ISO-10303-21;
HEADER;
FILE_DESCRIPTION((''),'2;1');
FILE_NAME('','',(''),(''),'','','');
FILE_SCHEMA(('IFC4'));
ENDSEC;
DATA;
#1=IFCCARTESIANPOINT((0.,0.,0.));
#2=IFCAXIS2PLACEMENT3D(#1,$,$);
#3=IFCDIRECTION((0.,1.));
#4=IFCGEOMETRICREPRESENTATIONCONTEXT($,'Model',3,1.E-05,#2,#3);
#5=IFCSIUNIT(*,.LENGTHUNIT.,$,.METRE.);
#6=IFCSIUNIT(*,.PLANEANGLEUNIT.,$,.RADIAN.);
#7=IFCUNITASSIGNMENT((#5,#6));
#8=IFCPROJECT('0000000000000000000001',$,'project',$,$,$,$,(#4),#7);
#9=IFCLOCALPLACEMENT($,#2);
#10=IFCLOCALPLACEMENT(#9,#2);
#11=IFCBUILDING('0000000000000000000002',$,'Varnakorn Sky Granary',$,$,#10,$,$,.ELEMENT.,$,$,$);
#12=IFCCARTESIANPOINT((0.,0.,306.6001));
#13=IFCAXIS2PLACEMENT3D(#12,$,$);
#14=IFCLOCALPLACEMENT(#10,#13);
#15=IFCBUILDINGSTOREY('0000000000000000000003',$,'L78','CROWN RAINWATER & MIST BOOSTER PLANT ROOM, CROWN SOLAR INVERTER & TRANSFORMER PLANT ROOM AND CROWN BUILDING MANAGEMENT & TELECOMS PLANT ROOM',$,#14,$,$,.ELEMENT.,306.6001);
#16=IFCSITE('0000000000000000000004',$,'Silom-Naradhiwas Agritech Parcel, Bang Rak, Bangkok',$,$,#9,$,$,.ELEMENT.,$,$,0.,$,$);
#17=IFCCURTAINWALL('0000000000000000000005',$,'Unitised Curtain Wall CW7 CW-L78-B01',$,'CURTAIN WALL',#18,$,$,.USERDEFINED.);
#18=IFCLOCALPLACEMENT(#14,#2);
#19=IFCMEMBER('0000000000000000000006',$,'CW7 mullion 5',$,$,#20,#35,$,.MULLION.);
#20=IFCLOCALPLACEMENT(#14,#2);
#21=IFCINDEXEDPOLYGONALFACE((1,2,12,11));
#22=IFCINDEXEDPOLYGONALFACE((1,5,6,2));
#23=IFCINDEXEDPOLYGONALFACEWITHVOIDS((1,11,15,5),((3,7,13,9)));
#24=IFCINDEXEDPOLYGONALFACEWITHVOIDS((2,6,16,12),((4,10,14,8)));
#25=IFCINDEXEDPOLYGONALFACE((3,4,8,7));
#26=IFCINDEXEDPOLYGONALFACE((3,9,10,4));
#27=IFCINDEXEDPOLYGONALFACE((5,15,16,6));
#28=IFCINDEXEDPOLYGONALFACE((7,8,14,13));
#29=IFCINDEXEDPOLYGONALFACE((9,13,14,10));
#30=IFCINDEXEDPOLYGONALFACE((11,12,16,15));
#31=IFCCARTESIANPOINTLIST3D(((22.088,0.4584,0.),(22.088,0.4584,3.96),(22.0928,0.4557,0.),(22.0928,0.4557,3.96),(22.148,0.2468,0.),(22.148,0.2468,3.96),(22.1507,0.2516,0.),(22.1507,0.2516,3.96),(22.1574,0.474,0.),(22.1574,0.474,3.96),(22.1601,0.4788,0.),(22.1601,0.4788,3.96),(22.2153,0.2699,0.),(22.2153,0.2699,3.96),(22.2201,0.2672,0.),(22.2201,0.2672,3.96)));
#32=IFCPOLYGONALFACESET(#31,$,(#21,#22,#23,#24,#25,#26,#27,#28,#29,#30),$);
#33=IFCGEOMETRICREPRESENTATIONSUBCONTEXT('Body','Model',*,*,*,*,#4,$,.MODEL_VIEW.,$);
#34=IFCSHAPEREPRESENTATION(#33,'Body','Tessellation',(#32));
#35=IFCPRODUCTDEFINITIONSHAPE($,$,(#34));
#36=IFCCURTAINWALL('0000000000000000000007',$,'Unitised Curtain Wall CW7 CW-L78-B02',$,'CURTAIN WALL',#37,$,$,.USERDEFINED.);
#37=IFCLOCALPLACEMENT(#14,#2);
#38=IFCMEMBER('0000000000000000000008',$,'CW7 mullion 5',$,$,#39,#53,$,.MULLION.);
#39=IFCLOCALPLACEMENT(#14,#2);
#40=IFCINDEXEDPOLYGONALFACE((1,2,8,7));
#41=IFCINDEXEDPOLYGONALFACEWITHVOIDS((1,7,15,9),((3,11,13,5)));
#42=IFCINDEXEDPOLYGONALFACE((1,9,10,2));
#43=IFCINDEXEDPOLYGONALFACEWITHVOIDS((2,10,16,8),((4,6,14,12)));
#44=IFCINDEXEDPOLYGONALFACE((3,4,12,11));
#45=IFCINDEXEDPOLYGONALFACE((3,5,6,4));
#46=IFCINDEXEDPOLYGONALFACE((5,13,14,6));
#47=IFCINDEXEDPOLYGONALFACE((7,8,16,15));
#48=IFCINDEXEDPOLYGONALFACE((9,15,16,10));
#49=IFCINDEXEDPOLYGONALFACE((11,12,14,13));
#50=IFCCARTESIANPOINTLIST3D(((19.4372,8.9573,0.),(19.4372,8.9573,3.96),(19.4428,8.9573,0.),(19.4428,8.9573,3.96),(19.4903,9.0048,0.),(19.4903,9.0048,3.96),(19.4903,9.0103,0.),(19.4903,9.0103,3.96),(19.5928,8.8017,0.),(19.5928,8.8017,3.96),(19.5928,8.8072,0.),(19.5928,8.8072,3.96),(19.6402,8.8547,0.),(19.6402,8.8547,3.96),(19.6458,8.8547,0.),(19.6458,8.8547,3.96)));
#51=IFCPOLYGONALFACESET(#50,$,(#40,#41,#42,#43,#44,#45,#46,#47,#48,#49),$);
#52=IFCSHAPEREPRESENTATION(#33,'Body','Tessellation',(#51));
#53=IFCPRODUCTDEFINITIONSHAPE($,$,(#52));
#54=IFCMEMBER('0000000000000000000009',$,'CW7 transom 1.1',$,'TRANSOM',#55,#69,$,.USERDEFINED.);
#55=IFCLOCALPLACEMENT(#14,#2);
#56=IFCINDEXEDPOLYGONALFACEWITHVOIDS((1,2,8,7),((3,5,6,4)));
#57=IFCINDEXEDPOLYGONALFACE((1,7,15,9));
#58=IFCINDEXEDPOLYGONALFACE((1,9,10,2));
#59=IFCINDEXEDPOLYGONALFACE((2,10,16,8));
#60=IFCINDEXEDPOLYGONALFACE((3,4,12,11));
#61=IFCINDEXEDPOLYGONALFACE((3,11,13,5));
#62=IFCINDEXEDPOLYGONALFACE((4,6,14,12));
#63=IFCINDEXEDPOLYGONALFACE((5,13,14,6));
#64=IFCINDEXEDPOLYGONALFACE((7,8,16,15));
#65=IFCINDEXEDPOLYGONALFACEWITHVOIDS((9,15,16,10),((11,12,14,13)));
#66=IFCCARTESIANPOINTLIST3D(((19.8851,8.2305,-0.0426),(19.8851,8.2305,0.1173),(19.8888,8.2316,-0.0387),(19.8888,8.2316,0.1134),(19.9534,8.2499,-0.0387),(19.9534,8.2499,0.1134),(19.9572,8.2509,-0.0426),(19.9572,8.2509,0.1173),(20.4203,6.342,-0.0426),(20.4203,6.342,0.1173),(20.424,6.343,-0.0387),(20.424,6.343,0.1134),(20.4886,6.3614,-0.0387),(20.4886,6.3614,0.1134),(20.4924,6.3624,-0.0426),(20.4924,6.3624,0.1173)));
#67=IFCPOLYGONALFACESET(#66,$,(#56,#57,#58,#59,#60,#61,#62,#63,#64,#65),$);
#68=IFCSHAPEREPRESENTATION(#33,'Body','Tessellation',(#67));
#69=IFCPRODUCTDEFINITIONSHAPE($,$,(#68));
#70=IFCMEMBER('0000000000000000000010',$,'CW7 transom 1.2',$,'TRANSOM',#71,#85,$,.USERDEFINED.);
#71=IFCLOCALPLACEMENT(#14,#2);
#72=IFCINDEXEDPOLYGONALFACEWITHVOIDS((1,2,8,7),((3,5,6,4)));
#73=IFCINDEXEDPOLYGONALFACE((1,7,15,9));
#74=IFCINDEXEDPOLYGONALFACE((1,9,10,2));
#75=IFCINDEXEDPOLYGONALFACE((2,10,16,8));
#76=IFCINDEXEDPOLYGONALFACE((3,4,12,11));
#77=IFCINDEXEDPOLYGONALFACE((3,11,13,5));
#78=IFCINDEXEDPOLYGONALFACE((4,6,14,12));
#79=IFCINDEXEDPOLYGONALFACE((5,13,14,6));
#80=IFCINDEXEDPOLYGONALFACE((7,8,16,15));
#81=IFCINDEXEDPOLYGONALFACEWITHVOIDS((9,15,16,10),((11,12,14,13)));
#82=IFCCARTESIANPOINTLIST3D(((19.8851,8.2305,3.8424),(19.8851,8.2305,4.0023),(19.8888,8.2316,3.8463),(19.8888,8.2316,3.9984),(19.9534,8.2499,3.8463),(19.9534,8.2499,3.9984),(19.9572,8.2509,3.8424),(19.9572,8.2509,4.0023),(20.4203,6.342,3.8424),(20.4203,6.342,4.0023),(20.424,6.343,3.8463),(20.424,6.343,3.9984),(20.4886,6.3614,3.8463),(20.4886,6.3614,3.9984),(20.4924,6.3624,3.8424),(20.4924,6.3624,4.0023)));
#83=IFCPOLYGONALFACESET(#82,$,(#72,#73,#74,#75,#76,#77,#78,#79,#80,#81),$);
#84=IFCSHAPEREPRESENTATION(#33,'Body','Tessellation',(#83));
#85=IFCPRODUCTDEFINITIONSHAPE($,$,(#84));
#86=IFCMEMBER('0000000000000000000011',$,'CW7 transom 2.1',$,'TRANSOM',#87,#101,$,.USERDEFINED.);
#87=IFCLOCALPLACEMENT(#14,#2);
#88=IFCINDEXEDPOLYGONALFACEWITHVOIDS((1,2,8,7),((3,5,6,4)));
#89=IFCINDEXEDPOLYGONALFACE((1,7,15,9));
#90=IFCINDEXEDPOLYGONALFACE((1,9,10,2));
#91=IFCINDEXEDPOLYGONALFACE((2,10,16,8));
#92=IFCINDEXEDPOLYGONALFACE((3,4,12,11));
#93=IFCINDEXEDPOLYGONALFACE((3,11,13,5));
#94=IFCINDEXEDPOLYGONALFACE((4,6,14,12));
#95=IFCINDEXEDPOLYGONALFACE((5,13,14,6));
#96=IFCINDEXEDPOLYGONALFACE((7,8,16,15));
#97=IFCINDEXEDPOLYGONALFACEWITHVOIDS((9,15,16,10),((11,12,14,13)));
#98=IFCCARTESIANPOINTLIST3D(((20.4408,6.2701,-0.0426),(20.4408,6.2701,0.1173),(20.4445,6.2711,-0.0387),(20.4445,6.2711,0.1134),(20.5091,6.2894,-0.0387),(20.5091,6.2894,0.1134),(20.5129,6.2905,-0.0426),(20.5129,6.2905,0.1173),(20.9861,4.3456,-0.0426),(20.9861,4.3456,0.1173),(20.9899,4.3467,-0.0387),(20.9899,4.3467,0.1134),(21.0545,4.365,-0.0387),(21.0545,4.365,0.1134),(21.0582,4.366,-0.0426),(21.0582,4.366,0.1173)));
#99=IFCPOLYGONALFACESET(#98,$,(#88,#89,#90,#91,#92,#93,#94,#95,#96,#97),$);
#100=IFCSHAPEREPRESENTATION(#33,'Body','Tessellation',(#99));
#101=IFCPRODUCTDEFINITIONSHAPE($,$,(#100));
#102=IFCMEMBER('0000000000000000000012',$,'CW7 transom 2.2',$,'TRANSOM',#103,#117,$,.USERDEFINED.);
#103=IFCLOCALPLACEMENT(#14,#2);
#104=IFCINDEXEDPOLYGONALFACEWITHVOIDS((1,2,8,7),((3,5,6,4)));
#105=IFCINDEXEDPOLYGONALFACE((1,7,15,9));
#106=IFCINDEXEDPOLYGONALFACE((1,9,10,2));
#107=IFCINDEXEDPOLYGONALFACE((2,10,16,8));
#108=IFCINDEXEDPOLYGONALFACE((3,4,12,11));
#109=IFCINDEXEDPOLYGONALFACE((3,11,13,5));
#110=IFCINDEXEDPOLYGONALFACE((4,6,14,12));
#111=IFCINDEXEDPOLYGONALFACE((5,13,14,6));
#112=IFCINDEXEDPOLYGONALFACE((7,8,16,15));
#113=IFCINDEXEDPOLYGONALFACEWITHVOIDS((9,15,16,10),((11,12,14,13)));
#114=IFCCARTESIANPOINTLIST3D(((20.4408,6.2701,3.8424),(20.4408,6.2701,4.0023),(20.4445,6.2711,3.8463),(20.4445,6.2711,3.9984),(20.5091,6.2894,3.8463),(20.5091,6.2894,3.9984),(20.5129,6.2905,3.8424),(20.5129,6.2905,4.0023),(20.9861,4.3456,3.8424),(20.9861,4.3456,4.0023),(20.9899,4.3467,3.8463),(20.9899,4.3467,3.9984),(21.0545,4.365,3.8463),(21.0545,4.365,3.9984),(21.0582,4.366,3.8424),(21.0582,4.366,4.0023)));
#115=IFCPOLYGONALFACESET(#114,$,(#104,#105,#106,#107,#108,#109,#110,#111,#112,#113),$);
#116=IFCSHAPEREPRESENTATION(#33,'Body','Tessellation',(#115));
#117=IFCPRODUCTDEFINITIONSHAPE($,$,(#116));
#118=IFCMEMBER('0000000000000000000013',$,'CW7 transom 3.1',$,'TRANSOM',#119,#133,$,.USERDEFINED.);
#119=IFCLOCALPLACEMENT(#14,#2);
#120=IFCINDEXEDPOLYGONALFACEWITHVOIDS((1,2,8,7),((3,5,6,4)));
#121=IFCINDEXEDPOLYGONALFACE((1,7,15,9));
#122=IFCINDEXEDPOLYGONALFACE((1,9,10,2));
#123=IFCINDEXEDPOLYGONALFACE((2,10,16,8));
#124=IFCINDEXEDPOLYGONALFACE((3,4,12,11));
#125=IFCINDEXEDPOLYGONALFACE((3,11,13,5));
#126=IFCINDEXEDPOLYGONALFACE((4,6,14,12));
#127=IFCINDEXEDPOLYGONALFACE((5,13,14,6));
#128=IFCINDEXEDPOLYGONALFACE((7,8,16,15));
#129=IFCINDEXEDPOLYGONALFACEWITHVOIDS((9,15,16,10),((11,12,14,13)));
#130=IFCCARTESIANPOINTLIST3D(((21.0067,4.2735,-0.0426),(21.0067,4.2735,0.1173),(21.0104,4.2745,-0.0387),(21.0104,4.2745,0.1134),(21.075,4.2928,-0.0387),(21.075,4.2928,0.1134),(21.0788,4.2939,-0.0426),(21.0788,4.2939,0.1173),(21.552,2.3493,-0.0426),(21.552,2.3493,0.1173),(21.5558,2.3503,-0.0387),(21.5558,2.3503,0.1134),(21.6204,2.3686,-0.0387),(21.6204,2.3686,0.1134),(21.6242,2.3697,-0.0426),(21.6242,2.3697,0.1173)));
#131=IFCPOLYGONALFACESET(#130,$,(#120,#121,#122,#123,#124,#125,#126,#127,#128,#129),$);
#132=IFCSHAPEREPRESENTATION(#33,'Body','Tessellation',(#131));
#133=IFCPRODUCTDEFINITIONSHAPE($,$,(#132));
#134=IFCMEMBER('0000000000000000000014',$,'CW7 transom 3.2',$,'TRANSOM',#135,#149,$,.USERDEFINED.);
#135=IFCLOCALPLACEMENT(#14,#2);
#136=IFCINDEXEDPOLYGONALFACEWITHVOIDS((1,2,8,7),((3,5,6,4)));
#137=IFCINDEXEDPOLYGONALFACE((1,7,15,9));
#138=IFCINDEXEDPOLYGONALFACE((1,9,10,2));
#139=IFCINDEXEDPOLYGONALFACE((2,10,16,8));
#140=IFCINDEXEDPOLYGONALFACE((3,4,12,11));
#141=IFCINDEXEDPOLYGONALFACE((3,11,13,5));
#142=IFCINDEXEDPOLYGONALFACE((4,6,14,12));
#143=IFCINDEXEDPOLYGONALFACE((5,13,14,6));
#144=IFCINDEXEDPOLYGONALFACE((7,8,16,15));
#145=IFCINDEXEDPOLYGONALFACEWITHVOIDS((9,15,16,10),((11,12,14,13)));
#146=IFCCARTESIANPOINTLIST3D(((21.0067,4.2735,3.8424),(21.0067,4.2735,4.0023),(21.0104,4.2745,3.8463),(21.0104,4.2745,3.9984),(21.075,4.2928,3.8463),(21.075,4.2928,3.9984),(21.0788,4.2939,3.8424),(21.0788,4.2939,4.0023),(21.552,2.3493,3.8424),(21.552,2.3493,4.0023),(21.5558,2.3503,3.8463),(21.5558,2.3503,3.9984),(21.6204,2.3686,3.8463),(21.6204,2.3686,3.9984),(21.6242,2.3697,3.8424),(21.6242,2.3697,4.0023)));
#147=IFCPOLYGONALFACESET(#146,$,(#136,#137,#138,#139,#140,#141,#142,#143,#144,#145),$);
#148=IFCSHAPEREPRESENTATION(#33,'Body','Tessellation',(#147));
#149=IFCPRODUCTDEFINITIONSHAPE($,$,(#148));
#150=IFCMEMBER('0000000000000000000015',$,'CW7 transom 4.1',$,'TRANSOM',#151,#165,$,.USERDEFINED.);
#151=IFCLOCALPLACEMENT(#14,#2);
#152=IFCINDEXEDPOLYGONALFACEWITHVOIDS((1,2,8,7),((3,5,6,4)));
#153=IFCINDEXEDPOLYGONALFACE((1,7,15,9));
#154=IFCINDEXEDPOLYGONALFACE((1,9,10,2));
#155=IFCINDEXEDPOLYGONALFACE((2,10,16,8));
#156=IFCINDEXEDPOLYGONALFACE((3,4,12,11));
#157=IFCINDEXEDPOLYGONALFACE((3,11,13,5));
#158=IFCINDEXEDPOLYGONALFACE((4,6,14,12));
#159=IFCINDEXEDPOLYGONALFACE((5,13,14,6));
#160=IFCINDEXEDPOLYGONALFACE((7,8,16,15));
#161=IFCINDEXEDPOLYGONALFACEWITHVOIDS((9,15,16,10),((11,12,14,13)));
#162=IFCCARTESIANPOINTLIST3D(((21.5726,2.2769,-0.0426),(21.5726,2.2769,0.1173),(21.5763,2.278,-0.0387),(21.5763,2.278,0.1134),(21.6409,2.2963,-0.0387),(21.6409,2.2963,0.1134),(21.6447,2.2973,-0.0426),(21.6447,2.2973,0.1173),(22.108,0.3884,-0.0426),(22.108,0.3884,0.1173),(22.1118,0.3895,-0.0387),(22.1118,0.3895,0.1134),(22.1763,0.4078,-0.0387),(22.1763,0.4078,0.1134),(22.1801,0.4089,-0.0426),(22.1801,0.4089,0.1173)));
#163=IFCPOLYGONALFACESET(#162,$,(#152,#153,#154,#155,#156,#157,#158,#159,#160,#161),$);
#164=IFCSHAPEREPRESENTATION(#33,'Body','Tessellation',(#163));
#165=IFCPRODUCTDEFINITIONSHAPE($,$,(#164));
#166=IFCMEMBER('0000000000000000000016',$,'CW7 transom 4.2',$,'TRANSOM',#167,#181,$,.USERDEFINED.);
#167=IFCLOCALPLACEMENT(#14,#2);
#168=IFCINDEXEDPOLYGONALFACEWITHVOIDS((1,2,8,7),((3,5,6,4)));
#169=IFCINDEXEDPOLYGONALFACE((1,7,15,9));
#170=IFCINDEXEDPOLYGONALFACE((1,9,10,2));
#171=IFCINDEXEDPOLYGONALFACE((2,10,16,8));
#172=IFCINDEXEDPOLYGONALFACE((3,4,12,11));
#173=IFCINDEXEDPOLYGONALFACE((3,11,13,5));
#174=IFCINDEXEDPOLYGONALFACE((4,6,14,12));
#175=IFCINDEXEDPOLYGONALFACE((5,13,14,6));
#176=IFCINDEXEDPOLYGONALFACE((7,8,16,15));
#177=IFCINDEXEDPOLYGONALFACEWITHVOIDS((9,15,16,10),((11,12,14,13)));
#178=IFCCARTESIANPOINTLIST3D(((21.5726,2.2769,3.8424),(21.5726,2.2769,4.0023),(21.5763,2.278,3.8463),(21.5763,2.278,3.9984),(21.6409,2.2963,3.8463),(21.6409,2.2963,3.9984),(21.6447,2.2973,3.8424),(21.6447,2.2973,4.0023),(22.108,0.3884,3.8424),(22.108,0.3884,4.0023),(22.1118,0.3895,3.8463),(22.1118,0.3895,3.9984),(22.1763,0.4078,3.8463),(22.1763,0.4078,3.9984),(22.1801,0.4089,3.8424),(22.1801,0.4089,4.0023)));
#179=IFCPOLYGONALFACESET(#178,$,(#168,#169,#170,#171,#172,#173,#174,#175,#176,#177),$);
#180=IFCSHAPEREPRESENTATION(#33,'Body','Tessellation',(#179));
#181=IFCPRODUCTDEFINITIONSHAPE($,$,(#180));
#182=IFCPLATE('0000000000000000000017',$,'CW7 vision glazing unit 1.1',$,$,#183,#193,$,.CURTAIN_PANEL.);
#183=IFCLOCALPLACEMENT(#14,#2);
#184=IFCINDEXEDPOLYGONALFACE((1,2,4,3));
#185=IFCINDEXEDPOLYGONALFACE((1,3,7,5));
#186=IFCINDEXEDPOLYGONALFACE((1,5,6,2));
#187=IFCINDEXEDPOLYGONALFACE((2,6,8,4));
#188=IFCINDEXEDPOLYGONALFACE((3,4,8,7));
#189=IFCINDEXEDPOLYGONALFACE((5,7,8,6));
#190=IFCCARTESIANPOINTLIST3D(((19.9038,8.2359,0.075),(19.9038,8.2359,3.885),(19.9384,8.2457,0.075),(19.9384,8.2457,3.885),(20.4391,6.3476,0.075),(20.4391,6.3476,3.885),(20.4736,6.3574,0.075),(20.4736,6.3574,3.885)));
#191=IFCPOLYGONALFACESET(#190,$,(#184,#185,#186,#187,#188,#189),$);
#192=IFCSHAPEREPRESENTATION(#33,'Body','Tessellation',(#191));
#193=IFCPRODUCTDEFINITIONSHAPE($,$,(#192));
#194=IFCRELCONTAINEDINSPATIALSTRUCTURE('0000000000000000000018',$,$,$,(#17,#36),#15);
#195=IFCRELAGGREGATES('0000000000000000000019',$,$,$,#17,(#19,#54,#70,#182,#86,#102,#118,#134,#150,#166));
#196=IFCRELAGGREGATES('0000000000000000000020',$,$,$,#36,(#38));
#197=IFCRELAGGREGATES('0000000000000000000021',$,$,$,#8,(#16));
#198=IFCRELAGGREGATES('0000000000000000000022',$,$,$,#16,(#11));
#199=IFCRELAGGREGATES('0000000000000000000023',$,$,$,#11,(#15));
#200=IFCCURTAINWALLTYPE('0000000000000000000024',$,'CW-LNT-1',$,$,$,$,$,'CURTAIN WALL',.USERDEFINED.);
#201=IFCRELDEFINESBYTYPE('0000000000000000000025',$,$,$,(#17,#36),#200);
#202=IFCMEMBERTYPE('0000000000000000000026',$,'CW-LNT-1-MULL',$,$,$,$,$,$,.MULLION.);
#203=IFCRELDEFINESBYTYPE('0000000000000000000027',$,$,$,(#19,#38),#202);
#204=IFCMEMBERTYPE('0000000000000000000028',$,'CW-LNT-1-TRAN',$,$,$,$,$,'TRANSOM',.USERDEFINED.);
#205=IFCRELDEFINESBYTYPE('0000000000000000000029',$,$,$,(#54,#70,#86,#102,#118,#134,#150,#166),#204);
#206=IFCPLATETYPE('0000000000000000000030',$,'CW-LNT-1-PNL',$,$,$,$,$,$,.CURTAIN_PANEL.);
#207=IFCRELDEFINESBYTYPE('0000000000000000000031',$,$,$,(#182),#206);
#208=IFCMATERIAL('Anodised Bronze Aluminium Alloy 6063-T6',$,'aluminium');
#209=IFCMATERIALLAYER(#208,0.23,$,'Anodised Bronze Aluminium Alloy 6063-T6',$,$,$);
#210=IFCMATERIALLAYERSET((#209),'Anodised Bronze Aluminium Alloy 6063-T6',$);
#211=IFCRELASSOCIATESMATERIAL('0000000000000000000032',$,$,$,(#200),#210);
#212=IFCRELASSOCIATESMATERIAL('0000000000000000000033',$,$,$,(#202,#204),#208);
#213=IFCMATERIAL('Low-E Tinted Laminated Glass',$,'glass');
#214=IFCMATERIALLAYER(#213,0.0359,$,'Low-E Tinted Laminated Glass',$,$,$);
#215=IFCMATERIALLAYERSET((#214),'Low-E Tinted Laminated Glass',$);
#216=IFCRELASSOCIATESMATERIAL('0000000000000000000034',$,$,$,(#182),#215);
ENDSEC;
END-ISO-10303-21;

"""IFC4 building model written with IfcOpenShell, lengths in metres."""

from ifc_helpers import new_model, si_unit, direction, frame, origin, origin_2d, place, context, subcontext, project, spatial, rectangle, hollow_rectangle, extrude, source, transform, mapped, material, layer, layer_set, material_profile, profile_set, type_object, element, aggregate, save


model = new_model("IFC4")

# Units and contexts
model_context = context("Model", 3, precision=1e-05, world=origin(), true_north=direction((0.0, 1.0)))
body_context = subcontext(model_context, "Body", "Model", "MODEL_VIEW")
ifc_project = project(units=[si_unit("LENGTHUNIT", "METRE"), si_unit("PLANEANGLEUNIT", "RADIAN")], contexts=[model_context])

# Site, building, storey
site_placement = place(None, origin())
site = spatial("IfcSite", under=ifc_project, at=site_placement, Name="Silom-Naradhiwas Agritech Parcel, Bang Rak, Bangkok", CompositionType="ELEMENT", RefElevation=0.0)
building_placement = place(site_placement, origin())
building = spatial("IfcBuilding", under=site, at=building_placement, Name="Varnakorn Sky Granary", CompositionType="ELEMENT")
storey_placement = place(building_placement, frame((0.0, 0.0, 306.6001)))
storey = spatial("IfcBuildingStorey", under=building, at=storey_placement, Name="L78", Description="CROWN RAINWATER & MIST BOOSTER PLANT ROOM, CROWN SOLAR INVERTER & TRANSFORMER PLANT ROOM AND CROWN BUILDING MANAGEMENT & TELECOMS PLANT ROOM", CompositionType="ELEMENT", Elevation=306.6001)

# Curtain wall, member
ifc_material_1 = material(Name="Anodised Bronze Aluminium Alloy 6063-T6", Category="aluminium")
ifc_layer_1 = layer(ifc_material_1, 0.23, Name="Anodised Bronze Aluminium Alloy 6063-T6")
ifc_layer_set_1 = layer_set([ifc_layer_1], Name="Anodised Bronze Aluminium Alloy 6063-T6")
curtain_wall_type = type_object("IfcCurtainWallType", Name="CW-LNT-1", ElementType="CURTAIN WALL", PredefinedType="USERDEFINED", material=ifc_layer_set_1)
curtain_wall_1_placement = place(storey_placement, origin())
curtain_wall_1 = element("IfcCurtainWall", 1, at=curtain_wall_1_placement, inside=storey, type_object=curtain_wall_type, Name="Unitised Curtain Wall CW7 CW-L78-B01", ObjectType="CURTAIN WALL", PredefinedType="USERDEFINED")
ifc_material_profile_1 = material_profile(ifc_material_1, hollow_rectangle(XDim=0.075, YDim=0.22, WallThickness=0.0039, at=origin_2d()), Name="ALU MULL 75x220")
ifc_profile_set_1 = profile_set([ifc_material_profile_1], Name="Anodised Bronze Aluminium Alloy 6063-T6")
member_type_1 = type_object("IfcMemberType", Name="CW-LNT-1-MULL", PredefinedType="MULLION", material=ifc_profile_set_1)
member_1_placement = place(storey_placement, frame((22.1541, 0.3628, 0.0), z_axis=(0.0, 0.0, 1.0), x_axis=(0.962095, 0.272716, 0.0)))
member_1 = element("IfcMember", 2, at=member_1_placement, type_object=member_type_1, Name="CW7 mullion 5", PredefinedType="MULLION", context=body_context, shape_type="SweptSolid", body=[
    extrude(hollow_rectangle(XDim=0.075, YDim=0.22, WallThickness=0.0039, at=origin_2d()), origin(), (0.0, 0.0, 1.0), 3.96),
])

# Curtain wall, member
curtain_wall_2_placement = place(storey_placement, origin())
curtain_wall_2 = element("IfcCurtainWall", 3, at=curtain_wall_2_placement, inside=storey, type_object=curtain_wall_type, Name="Unitised Curtain Wall CW7 CW-L78-B02", ObjectType="CURTAIN WALL", PredefinedType="USERDEFINED")
member_2_placement = place(storey_placement, frame((19.5415, 8.906, 0.0), z_axis=(0.0, 0.0, 1.0), x_axis=(0.707252, 0.706962, 0.0)))
member_2 = element("IfcMember", 4, at=member_2_placement, type_object=member_type_1, Name="CW7 mullion 5", PredefinedType="MULLION", context=body_context, shape_type="SweptSolid", body=[
    extrude(hollow_rectangle(XDim=0.075, YDim=0.22, WallThickness=0.0039, at=origin_2d()), origin(), (0.0, 0.0, 1.0), 3.96),
])

# Members
ifc_material_profile_2 = material_profile(ifc_material_1, hollow_rectangle(XDim=0.075, YDim=0.1599, WallThickness=0.0039, at=origin_2d()), Name="ALU TRAN 75x160")
ifc_profile_set_2 = profile_set([ifc_material_profile_2], Name="Anodised Bronze Aluminium Alloy 6063-T6")
member_type_2 = type_object("IfcMemberType", Name="CW-LNT-1-TRAN", ElementType="TRANSOM", PredefinedType="USERDEFINED", material=ifc_profile_set_2)
member_3_placement = place(storey_placement, frame((19.9211, 8.2407, 0.0374), z_axis=(0.272651, -0.962113, 0.0), x_axis=(0.962113, 0.272651, 0.0)))
member_3 = element("IfcMember", 5, at=member_3_placement, type_object=member_type_2, Name="CW7 transom 1.1", ObjectType="TRANSOM", PredefinedType="USERDEFINED", context=body_context, shape_type="SweptSolid", body=[
    extrude(hollow_rectangle(XDim=0.075, YDim=0.1599, WallThickness=0.0039, at=origin_2d()), origin(), (0.0, 0.0, 1.0), 1.9629),
])
member_4_placement = place(storey_placement, frame((19.9211, 8.2407, 3.9224), z_axis=(0.272651, -0.962113, 0.0), x_axis=(0.962113, 0.272651, 0.0)))
member_4 = element("IfcMember", 6, at=member_4_placement, type_object=member_type_2, Name="CW7 transom 1.2", ObjectType="TRANSOM", PredefinedType="USERDEFINED", context=body_context, shape_type="SweptSolid", body=[
    extrude(hollow_rectangle(XDim=0.075, YDim=0.1599, WallThickness=0.0039, at=origin_2d()), origin(), (0.0, 0.0, 1.0), 1.9629),
])
member_5_placement = place(storey_placement, frame((20.4768, 6.2803, 0.0374), z_axis=(0.272657, -0.962111, 0.0), x_axis=(0.962111, 0.272657, 0.0)))
member_5 = element("IfcMember", 7, at=member_5_placement, type_object=member_type_2, Name="CW7 transom 2.1", ObjectType="TRANSOM", PredefinedType="USERDEFINED", context=body_context, shape_type="SweptSolid", body=[
    extrude(hollow_rectangle(XDim=0.075, YDim=0.1599, WallThickness=0.0039, at=origin_2d()), origin(), (0.0, 0.0, 1.0), 2.0002),
])
member_6_placement = place(storey_placement, frame((20.4768, 6.2803, 3.9224), z_axis=(0.272657, -0.962111, 0.0), x_axis=(0.962111, 0.272657, 0.0)))
member_6 = element("IfcMember", 8, at=member_6_placement, type_object=member_type_2, Name="CW7 transom 2.2", ObjectType="TRANSOM", PredefinedType="USERDEFINED", context=body_context, shape_type="SweptSolid", body=[
    extrude(hollow_rectangle(XDim=0.075, YDim=0.1599, WallThickness=0.0039, at=origin_2d()), origin(), (0.0, 0.0, 1.0), 2.0002),
])
member_7_placement = place(storey_placement, frame((21.0427, 4.2837, 0.0374), z_axis=(0.272689, -0.962102, 0.0), x_axis=(0.962102, 0.272689, 0.0)))
member_7 = element("IfcMember", 9, at=member_7_placement, type_object=member_type_2, Name="CW7 transom 3.1", ObjectType="TRANSOM", PredefinedType="USERDEFINED", context=body_context, shape_type="SweptSolid", body=[
    extrude(hollow_rectangle(XDim=0.075, YDim=0.1599, WallThickness=0.0039, at=origin_2d()), origin(), (0.0, 0.0, 1.0), 2.0),
])
member_8_placement = place(storey_placement, frame((21.0427, 4.2837, 3.9224), z_axis=(0.272689, -0.962102, 0.0), x_axis=(0.962102, 0.272689, 0.0)))
member_8 = element("IfcMember", 10, at=member_8_placement, type_object=member_type_2, Name="CW7 transom 3.2", ObjectType="TRANSOM", PredefinedType="USERDEFINED", context=body_context, shape_type="SweptSolid", body=[
    extrude(hollow_rectangle(XDim=0.075, YDim=0.1599, WallThickness=0.0039, at=origin_2d()), origin(), (0.0, 0.0, 1.0), 2.0),
])
member_9_placement = place(storey_placement, frame((21.6086, 2.2871, 0.0374), z_axis=(0.272766, -0.96208, 0.0), x_axis=(0.96208, 0.272766, 0.0)))
member_9 = element("IfcMember", 11, at=member_9_placement, type_object=member_type_2, Name="CW7 transom 4.1", ObjectType="TRANSOM", PredefinedType="USERDEFINED", context=body_context, shape_type="SweptSolid", body=[
    extrude(hollow_rectangle(XDim=0.075, YDim=0.1599, WallThickness=0.0039, at=origin_2d()), origin(), (0.0, 0.0, 1.0), 1.9629),
])
member_10_placement = place(storey_placement, frame((21.6086, 2.2871, 3.9224), z_axis=(0.272766, -0.96208, 0.0), x_axis=(0.96208, 0.272766, 0.0)))
member_10 = element("IfcMember", 12, at=member_10_placement, type_object=member_type_2, Name="CW7 transom 4.2", ObjectType="TRANSOM", PredefinedType="USERDEFINED", context=body_context, shape_type="SweptSolid", body=[
    extrude(hollow_rectangle(XDim=0.075, YDim=0.1599, WallThickness=0.0039, at=origin_2d()), origin(), (0.0, 0.0, 1.0), 1.9629),
])

# Plate
ifc_material_2 = material(Name="Low-E Tinted Laminated Glass", Category="glass")
ifc_layer_2 = layer(ifc_material_2, 0.0359, Name="Low-E Tinted Laminated Glass")
ifc_layer_set_2 = layer_set([ifc_layer_2], Name="Low-E Tinted Laminated Glass")
plate_type = type_object("IfcPlateType", Name="CW-LNT-1-PNL", PredefinedType="CURTAIN_PANEL")
shared_shape_1 = source(origin(), body_context, "Body", "SweptSolid", [
    extrude(rectangle(XDim=1.9626, YDim=0.0359, at=origin_2d()), origin(), (0.0, 0.0, 1.0), 3.8101),
])
plate_1_placement = place(storey_placement, frame((20.1887, 7.2966, 0.075), z_axis=(0.0, 0.0, 1.0), x_axis=(0.272716, -0.962095, 0.0)))
plate_1 = element("IfcPlate", 13, at=plate_1_placement, type_object=plate_type, material=ifc_layer_set_2, Name="CW7 vision glazing unit 1.1", PredefinedType="CURTAIN_PANEL", context=body_context, shape_type="MappedRepresentation", body=[
    mapped(shared_shape_1, transform((0.0, 0.0, 0.0), x_axis=(1.0, 0.0, 0.0), y_axis=(0.0, 1.0, 0.0), z_axis=(0.0, 0.0, 1.0), scale=1.0)),
])
aggregate(curtain_wall_1, [member_1, member_3, member_4, plate_1, member_5, member_6, member_7, member_8, member_9, member_10])
aggregate(curtain_wall_2, [member_2])

save(model, "model.ifc")
